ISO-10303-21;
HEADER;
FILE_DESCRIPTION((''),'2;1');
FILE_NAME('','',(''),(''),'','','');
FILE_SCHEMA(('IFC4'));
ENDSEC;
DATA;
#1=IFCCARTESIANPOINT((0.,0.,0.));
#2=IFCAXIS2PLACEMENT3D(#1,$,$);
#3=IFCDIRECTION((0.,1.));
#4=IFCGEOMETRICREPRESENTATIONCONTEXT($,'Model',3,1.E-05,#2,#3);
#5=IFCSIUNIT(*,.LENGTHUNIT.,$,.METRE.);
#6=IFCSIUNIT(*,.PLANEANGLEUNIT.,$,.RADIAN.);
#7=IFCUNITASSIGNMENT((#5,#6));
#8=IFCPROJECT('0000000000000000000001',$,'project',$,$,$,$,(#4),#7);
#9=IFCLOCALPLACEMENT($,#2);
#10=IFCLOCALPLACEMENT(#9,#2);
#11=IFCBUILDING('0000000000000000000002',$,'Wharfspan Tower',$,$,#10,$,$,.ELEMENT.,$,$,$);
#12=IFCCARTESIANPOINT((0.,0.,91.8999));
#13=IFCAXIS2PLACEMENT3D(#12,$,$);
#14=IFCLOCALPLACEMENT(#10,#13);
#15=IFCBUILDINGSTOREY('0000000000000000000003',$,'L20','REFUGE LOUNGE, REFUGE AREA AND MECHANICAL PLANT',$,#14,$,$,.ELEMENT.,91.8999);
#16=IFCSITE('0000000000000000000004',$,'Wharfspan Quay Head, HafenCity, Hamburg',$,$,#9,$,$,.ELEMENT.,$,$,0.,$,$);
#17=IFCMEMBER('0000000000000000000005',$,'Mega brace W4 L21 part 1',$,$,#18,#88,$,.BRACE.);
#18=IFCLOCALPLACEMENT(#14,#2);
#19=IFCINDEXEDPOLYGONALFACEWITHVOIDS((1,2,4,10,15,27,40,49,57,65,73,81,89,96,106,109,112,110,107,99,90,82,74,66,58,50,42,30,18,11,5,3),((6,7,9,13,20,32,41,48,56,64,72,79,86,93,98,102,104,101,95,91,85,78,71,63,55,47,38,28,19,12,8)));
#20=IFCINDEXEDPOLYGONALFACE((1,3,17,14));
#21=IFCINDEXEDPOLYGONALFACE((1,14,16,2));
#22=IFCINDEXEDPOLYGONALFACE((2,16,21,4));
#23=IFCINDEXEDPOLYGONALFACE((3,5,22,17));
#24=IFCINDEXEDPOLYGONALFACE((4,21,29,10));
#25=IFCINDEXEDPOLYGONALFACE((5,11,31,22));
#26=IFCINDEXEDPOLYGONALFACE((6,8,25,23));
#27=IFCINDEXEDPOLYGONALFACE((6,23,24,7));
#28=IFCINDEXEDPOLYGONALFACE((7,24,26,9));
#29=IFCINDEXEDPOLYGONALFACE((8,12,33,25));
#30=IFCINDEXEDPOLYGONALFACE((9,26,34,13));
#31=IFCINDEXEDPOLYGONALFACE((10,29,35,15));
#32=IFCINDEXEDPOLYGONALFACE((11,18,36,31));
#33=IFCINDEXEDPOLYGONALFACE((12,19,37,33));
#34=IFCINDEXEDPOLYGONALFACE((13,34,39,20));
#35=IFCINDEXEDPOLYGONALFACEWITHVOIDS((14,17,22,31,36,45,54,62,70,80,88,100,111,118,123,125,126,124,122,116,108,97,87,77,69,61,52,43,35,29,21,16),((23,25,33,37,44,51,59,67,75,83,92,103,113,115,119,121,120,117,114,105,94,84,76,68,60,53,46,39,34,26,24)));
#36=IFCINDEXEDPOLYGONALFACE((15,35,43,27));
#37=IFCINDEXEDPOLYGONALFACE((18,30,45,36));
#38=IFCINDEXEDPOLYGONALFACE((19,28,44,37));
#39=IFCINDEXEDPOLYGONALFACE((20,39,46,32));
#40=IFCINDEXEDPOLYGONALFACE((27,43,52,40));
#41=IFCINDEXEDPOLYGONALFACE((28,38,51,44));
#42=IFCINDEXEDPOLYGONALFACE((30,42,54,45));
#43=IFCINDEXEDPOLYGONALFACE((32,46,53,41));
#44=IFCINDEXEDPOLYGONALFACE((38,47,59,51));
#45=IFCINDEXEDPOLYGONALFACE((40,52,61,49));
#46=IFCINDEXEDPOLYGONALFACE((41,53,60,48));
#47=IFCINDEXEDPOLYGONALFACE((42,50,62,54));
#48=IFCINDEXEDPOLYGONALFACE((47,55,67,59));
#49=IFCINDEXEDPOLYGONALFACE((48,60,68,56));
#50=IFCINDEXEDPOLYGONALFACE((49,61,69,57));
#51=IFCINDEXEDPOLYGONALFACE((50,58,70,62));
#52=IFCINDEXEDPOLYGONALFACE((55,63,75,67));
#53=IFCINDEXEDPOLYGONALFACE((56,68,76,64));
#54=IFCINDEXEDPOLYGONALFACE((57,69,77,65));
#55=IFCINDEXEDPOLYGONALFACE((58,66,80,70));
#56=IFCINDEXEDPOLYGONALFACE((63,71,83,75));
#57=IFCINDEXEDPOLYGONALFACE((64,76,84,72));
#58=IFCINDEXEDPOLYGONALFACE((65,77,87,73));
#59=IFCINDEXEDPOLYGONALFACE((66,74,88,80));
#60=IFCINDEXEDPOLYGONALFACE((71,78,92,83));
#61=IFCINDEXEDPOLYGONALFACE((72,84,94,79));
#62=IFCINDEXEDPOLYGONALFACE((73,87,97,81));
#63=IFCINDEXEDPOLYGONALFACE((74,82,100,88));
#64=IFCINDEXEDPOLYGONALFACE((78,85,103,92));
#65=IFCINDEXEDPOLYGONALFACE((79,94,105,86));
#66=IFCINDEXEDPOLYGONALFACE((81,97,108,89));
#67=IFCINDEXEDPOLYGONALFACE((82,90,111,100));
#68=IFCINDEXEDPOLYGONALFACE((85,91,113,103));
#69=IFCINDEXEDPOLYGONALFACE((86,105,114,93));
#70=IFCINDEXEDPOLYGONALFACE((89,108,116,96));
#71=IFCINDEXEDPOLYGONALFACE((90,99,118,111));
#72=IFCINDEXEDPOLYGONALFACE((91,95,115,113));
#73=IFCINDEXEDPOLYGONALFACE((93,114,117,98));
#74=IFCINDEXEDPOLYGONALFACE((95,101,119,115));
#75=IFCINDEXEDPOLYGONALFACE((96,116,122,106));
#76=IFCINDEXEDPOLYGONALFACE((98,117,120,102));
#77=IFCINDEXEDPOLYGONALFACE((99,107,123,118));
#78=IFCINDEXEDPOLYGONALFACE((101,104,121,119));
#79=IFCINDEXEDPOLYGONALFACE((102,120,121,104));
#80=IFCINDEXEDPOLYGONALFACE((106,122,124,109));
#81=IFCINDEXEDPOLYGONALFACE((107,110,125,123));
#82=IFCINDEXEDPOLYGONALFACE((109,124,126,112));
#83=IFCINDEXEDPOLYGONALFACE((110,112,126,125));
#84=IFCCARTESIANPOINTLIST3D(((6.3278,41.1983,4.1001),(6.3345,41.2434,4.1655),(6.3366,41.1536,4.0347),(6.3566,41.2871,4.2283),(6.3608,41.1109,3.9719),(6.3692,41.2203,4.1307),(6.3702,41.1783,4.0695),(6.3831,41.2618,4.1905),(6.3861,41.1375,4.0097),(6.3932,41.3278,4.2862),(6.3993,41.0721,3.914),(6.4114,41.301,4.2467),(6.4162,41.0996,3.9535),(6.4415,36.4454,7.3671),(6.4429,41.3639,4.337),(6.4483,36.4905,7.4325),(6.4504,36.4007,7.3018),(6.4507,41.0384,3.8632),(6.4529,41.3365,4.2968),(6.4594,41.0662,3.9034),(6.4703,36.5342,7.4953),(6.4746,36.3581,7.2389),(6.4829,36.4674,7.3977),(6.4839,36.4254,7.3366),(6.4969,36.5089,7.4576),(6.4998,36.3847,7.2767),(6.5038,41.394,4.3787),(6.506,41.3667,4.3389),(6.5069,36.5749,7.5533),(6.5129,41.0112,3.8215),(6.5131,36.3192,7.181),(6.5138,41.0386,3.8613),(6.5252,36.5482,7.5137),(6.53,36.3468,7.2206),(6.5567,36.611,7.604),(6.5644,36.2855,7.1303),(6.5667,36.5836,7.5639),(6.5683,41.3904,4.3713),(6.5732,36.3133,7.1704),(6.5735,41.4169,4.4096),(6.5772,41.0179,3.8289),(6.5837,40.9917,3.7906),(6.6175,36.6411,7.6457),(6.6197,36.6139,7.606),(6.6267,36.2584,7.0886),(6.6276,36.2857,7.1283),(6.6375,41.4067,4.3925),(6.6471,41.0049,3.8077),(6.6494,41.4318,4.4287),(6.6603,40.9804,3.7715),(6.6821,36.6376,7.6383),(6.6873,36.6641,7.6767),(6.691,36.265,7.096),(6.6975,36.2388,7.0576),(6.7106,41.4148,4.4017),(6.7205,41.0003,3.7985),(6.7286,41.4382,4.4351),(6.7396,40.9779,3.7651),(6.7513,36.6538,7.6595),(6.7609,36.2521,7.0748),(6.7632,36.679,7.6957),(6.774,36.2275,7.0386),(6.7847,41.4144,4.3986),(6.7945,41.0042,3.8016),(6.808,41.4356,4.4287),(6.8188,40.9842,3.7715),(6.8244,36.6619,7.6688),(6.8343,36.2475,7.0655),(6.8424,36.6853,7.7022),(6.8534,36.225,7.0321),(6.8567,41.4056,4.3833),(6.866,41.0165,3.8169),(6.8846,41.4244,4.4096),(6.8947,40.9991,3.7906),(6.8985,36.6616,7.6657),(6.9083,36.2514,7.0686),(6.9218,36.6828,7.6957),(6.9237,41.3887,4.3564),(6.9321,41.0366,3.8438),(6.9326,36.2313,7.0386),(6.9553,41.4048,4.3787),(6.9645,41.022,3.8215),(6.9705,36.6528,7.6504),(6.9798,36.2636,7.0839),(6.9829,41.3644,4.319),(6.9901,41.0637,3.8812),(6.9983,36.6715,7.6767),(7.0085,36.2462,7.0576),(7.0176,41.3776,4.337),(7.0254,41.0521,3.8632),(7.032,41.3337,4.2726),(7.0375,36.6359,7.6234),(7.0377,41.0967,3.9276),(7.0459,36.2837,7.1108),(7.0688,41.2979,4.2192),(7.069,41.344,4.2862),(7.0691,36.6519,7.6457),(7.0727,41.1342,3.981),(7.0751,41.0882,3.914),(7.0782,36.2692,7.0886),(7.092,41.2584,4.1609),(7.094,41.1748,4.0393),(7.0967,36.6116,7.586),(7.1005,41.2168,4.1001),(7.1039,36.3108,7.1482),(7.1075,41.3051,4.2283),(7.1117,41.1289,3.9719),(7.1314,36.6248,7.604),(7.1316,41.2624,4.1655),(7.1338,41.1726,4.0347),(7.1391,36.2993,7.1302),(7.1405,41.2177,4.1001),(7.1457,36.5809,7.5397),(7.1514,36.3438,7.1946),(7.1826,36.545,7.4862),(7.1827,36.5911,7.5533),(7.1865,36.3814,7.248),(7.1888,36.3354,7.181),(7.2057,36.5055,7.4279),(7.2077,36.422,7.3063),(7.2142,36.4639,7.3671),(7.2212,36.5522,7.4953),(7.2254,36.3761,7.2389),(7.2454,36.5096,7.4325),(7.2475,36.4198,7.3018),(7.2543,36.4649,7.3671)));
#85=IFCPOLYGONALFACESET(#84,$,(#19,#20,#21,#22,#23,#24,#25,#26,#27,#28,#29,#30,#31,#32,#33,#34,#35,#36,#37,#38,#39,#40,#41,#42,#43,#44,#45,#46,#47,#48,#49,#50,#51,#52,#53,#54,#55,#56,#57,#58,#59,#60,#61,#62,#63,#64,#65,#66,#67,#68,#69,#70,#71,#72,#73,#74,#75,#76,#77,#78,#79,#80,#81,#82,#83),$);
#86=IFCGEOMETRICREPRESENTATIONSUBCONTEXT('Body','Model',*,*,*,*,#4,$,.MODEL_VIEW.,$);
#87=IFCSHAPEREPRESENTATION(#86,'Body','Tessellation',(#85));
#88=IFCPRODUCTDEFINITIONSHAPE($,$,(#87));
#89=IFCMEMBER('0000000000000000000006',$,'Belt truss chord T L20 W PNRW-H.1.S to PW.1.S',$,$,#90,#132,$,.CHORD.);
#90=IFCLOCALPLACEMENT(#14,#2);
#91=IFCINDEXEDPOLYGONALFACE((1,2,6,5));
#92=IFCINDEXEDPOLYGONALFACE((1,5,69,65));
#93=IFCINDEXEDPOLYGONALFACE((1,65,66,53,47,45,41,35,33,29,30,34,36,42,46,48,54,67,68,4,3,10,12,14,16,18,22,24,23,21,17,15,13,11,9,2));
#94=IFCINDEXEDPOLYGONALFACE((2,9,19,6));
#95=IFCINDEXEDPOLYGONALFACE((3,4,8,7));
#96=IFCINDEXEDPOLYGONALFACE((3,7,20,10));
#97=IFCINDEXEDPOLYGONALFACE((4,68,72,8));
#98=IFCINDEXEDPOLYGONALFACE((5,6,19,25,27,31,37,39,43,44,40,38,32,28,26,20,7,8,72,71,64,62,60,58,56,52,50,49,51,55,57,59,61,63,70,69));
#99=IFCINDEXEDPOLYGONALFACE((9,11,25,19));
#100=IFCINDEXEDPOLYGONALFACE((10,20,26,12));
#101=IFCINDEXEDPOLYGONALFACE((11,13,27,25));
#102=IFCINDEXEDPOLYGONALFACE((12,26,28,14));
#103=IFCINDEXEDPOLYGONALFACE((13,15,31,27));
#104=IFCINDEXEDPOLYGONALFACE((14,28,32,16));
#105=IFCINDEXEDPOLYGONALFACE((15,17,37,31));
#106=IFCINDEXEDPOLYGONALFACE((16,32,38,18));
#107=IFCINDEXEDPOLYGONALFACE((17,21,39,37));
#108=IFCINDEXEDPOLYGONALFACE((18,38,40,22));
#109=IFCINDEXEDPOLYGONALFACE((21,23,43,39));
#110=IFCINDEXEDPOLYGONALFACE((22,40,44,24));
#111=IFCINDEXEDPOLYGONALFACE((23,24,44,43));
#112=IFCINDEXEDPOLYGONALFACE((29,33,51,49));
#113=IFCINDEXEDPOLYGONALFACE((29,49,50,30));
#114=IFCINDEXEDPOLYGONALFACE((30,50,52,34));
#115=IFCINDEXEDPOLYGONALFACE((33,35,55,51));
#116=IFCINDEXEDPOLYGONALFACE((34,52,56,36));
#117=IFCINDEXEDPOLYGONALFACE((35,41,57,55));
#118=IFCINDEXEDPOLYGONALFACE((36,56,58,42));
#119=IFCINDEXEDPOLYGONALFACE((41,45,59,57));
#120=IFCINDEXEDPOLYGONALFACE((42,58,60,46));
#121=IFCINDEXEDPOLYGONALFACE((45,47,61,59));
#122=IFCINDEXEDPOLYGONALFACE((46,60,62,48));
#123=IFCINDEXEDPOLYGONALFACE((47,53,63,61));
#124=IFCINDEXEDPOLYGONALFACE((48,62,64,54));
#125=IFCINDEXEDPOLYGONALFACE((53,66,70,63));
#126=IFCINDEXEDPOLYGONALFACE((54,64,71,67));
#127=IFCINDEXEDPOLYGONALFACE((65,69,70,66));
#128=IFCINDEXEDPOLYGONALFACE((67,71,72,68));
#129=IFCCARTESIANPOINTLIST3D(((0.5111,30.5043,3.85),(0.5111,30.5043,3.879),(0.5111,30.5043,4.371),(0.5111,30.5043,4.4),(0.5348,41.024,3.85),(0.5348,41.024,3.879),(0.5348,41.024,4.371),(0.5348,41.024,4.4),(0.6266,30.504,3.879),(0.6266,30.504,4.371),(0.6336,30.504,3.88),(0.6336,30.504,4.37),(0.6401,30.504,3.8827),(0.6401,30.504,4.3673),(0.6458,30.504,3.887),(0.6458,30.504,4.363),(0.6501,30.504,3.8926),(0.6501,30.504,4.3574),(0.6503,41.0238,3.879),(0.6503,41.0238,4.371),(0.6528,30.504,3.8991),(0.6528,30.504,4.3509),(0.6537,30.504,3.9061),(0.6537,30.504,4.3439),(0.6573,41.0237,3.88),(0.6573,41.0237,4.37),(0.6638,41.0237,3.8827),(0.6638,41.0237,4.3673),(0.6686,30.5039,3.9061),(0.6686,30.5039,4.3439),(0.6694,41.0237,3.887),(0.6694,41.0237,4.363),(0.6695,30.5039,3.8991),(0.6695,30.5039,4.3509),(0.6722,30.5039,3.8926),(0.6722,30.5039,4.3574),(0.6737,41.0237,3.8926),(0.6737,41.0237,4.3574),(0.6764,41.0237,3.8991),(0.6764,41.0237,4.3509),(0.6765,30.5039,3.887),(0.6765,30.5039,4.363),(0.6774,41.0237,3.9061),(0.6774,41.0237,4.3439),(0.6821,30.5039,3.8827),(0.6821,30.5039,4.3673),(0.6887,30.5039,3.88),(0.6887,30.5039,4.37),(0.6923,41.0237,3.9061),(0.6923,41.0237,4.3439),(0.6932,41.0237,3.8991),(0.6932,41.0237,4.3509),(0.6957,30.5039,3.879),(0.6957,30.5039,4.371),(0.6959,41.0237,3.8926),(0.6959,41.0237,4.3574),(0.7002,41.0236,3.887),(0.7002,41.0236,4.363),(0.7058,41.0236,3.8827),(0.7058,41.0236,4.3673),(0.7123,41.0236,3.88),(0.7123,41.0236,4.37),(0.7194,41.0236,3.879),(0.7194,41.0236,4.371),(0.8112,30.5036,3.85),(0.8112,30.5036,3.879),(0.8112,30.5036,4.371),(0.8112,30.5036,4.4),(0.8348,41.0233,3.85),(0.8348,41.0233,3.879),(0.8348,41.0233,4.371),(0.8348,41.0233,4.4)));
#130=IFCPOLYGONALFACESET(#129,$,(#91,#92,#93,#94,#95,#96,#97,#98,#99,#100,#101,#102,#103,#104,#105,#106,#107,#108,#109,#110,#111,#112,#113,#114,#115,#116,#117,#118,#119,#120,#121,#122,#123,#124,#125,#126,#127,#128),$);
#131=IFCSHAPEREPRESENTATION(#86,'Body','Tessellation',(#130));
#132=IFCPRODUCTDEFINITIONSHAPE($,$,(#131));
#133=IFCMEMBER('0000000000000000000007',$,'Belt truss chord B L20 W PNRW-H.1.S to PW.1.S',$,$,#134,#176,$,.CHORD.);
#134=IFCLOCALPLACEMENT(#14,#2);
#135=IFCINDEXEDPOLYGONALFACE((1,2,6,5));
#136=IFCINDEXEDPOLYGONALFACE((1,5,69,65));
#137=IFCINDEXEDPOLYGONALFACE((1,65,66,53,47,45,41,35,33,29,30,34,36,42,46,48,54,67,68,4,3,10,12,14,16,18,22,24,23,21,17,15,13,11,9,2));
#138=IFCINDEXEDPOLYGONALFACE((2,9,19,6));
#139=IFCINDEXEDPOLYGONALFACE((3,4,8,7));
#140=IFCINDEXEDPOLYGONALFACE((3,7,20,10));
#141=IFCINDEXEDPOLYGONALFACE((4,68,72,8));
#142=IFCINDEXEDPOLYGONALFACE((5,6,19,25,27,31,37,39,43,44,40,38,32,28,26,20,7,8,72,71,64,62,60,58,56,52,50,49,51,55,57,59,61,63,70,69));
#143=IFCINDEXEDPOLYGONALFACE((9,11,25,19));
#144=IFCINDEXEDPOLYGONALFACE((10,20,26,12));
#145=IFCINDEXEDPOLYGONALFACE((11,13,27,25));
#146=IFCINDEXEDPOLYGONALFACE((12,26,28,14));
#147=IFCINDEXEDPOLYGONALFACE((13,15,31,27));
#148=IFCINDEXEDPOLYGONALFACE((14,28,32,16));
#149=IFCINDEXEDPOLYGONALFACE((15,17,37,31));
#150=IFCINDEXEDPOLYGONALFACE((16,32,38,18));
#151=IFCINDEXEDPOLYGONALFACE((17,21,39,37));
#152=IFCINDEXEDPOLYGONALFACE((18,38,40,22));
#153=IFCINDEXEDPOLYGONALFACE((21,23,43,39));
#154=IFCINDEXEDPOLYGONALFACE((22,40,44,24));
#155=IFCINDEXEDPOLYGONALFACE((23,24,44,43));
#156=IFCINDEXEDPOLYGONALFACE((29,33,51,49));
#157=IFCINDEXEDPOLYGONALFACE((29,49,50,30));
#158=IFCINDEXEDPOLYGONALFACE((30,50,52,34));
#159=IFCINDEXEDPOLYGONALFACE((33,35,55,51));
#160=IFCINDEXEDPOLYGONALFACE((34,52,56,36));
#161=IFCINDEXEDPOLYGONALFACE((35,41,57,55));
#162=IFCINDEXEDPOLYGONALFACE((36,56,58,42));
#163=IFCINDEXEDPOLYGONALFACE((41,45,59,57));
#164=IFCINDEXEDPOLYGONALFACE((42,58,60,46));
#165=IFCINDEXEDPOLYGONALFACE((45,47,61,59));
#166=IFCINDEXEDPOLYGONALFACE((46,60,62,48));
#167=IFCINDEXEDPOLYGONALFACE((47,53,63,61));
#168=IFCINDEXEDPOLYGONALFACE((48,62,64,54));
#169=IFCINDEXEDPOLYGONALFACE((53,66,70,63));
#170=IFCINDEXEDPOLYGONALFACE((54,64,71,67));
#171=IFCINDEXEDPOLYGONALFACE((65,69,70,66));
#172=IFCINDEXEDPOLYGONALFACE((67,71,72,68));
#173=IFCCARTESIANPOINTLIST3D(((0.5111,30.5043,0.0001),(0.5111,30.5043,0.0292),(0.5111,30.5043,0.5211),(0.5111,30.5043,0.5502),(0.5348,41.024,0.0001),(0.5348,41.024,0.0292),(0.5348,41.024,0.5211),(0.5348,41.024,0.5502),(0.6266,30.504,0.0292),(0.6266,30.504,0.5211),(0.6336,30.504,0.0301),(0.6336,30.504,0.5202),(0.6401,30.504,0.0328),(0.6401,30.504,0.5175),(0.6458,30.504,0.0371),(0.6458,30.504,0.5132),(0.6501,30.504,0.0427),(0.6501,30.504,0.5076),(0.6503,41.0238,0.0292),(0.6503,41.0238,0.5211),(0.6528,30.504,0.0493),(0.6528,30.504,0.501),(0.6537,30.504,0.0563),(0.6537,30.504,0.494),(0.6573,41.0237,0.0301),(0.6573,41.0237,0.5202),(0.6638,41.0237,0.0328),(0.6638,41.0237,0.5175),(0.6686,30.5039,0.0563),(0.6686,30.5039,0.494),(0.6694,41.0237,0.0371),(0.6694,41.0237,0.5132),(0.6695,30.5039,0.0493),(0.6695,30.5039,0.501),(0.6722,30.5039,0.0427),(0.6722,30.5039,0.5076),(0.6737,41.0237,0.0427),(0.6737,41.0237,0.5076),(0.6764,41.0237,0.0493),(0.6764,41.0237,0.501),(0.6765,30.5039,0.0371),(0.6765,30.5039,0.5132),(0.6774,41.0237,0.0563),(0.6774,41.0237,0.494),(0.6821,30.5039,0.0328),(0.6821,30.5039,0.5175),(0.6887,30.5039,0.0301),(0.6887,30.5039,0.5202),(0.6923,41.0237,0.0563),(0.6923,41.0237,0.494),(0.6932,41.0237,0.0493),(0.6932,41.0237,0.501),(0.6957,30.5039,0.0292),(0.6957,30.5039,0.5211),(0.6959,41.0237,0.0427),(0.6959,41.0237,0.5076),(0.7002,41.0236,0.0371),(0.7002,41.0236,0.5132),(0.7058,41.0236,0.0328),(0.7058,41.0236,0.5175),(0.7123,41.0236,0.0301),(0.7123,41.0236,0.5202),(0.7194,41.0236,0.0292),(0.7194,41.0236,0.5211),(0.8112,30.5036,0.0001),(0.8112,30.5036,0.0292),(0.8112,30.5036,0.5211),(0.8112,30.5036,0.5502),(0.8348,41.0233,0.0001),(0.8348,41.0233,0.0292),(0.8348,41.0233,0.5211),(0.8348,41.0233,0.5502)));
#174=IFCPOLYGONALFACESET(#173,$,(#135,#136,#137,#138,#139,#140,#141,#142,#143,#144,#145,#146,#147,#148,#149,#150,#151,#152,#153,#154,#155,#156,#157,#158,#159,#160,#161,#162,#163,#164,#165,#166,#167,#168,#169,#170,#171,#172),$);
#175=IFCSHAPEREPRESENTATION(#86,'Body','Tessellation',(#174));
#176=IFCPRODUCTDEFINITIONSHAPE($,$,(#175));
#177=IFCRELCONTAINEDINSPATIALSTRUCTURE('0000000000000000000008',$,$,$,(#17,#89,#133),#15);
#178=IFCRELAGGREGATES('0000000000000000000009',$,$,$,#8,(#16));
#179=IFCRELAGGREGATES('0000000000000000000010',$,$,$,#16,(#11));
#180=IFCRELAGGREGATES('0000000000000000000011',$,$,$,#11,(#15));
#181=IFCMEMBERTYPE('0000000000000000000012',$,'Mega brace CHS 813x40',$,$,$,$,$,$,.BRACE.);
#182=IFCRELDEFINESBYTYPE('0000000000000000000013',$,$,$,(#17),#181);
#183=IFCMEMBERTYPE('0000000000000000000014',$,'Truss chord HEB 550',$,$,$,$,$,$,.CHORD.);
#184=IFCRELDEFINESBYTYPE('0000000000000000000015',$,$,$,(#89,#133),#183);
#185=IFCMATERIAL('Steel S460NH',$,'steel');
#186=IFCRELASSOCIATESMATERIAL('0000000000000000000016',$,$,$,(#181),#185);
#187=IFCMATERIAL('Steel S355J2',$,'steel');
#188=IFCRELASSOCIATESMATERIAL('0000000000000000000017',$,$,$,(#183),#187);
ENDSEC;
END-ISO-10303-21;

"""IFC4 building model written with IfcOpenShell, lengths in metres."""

from ifc_helpers import new_model, si_unit, direction, frame, origin, origin_2d, place, context, subcontext, project, spatial, hollow_circle, i_section, extrude, material, material_profile, profile_set, type_object, element, save


model = new_model("IFC4")

# Units and contexts
model_context = context("Model", 3, precision=1e-05, world=origin(), true_north=direction((0.0, 1.0)))
body_context = subcontext(model_context, "Body", "Model", "MODEL_VIEW")
ifc_project = project(units=[si_unit("LENGTHUNIT", "METRE"), si_unit("PLANEANGLEUNIT", "RADIAN")], contexts=[model_context])

# Site, building, storey
site_placement = place(None, origin())
site = spatial("IfcSite", under=ifc_project, at=site_placement, Name="Wharfspan Quay Head, HafenCity, Hamburg", CompositionType="ELEMENT", RefElevation=0.0)
building_placement = place(site_placement, origin())
building = spatial("IfcBuilding", under=site, at=building_placement, Name="Wharfspan Tower", CompositionType="ELEMENT")
storey_placement = place(building_placement, frame((0.0, 0.0, 91.8999)))
storey = spatial("IfcBuildingStorey", under=building, at=storey_placement, Name="L20", Description="REFUGE LOUNGE, REFUGE AREA AND MECHANICAL PLANT", CompositionType="ELEMENT", Elevation=91.8999)

# Shared definitions
ifc_material_1 = material(Name="Steel S355J2", Category="steel")

# Members
ifc_material_2 = material(Name="Steel S460NH", Category="steel")
ifc_material_profile_1 = material_profile(ifc_material_2, hollow_circle(Radius=0.4065, WallThickness=0.04, at=origin_2d()))
ifc_profile_set_1 = profile_set([ifc_material_profile_1], Name="Steel S460NH")
member_type_1 = type_object("IfcMemberType", Name="Mega brace CHS 813x40", PredefinedType="BRACE", material=ifc_profile_set_1)
member_1_placement = place(storey_placement, frame((6.7341, 41.208, 4.1001), z_axis=(0.019722, -0.823926, 0.566354), x_axis=(0.999713, 0.023927, -0.000004)))
element("IfcMember", 1, at=member_1_placement, inside=storey, type_object=member_type_1, Name="Mega brace W4 L21 part 1", PredefinedType="BRACE", context=body_context, shape_type="SweptSolid", body=[
    extrude(hollow_circle(Radius=0.4065, WallThickness=0.04, at=origin_2d()), origin(), (0.0, 0.0, 1.0), 5.7686),
])
ifc_material_profile_2 = material_profile(ifc_material_1, i_section(OverallWidth=0.3, OverallDepth=0.55, WebThickness=0.0149, FlangeThickness=0.0291, FilletRadius=0.0271, at=origin_2d()))
ifc_profile_set_2 = profile_set([ifc_material_profile_2], Name="Steel S355J2")
member_type_2 = type_object("IfcMemberType", Name="Truss chord HEB 550", PredefinedType="CHORD", material=ifc_profile_set_2)
for number, where, z_axis, x_axis, name in (
    (2, (0.6848, 41.0237, 4.125), (-0.002251, -0.999997, 0.0), (0.999997, -0.002251, 0.0), "Belt truss chord T L20 W PNRW-H.1.S to PW.1.S"),
    (3, (0.6848, 41.0237, 0.2751), (-0.002251, -0.999997, 0.0), (0.999997, -0.002251, 0.0), "Belt truss chord B L20 W PNRW-H.1.S to PW.1.S"),
):
    element("IfcMember", number, at=place(storey_placement, frame(where, z_axis=z_axis, x_axis=x_axis)), inside=storey, type_object=member_type_2, Name=name, PredefinedType="CHORD", context=body_context, shape_type="SweptSolid", body=[
        extrude(i_section(OverallWidth=0.3, OverallDepth=0.55, WebThickness=0.0149, FlangeThickness=0.0291, FilletRadius=0.0271, at=origin_2d()), origin(), (0.0, 0.0, 1.0), 10.5198),
    ])

save(model, "model.ifc")
